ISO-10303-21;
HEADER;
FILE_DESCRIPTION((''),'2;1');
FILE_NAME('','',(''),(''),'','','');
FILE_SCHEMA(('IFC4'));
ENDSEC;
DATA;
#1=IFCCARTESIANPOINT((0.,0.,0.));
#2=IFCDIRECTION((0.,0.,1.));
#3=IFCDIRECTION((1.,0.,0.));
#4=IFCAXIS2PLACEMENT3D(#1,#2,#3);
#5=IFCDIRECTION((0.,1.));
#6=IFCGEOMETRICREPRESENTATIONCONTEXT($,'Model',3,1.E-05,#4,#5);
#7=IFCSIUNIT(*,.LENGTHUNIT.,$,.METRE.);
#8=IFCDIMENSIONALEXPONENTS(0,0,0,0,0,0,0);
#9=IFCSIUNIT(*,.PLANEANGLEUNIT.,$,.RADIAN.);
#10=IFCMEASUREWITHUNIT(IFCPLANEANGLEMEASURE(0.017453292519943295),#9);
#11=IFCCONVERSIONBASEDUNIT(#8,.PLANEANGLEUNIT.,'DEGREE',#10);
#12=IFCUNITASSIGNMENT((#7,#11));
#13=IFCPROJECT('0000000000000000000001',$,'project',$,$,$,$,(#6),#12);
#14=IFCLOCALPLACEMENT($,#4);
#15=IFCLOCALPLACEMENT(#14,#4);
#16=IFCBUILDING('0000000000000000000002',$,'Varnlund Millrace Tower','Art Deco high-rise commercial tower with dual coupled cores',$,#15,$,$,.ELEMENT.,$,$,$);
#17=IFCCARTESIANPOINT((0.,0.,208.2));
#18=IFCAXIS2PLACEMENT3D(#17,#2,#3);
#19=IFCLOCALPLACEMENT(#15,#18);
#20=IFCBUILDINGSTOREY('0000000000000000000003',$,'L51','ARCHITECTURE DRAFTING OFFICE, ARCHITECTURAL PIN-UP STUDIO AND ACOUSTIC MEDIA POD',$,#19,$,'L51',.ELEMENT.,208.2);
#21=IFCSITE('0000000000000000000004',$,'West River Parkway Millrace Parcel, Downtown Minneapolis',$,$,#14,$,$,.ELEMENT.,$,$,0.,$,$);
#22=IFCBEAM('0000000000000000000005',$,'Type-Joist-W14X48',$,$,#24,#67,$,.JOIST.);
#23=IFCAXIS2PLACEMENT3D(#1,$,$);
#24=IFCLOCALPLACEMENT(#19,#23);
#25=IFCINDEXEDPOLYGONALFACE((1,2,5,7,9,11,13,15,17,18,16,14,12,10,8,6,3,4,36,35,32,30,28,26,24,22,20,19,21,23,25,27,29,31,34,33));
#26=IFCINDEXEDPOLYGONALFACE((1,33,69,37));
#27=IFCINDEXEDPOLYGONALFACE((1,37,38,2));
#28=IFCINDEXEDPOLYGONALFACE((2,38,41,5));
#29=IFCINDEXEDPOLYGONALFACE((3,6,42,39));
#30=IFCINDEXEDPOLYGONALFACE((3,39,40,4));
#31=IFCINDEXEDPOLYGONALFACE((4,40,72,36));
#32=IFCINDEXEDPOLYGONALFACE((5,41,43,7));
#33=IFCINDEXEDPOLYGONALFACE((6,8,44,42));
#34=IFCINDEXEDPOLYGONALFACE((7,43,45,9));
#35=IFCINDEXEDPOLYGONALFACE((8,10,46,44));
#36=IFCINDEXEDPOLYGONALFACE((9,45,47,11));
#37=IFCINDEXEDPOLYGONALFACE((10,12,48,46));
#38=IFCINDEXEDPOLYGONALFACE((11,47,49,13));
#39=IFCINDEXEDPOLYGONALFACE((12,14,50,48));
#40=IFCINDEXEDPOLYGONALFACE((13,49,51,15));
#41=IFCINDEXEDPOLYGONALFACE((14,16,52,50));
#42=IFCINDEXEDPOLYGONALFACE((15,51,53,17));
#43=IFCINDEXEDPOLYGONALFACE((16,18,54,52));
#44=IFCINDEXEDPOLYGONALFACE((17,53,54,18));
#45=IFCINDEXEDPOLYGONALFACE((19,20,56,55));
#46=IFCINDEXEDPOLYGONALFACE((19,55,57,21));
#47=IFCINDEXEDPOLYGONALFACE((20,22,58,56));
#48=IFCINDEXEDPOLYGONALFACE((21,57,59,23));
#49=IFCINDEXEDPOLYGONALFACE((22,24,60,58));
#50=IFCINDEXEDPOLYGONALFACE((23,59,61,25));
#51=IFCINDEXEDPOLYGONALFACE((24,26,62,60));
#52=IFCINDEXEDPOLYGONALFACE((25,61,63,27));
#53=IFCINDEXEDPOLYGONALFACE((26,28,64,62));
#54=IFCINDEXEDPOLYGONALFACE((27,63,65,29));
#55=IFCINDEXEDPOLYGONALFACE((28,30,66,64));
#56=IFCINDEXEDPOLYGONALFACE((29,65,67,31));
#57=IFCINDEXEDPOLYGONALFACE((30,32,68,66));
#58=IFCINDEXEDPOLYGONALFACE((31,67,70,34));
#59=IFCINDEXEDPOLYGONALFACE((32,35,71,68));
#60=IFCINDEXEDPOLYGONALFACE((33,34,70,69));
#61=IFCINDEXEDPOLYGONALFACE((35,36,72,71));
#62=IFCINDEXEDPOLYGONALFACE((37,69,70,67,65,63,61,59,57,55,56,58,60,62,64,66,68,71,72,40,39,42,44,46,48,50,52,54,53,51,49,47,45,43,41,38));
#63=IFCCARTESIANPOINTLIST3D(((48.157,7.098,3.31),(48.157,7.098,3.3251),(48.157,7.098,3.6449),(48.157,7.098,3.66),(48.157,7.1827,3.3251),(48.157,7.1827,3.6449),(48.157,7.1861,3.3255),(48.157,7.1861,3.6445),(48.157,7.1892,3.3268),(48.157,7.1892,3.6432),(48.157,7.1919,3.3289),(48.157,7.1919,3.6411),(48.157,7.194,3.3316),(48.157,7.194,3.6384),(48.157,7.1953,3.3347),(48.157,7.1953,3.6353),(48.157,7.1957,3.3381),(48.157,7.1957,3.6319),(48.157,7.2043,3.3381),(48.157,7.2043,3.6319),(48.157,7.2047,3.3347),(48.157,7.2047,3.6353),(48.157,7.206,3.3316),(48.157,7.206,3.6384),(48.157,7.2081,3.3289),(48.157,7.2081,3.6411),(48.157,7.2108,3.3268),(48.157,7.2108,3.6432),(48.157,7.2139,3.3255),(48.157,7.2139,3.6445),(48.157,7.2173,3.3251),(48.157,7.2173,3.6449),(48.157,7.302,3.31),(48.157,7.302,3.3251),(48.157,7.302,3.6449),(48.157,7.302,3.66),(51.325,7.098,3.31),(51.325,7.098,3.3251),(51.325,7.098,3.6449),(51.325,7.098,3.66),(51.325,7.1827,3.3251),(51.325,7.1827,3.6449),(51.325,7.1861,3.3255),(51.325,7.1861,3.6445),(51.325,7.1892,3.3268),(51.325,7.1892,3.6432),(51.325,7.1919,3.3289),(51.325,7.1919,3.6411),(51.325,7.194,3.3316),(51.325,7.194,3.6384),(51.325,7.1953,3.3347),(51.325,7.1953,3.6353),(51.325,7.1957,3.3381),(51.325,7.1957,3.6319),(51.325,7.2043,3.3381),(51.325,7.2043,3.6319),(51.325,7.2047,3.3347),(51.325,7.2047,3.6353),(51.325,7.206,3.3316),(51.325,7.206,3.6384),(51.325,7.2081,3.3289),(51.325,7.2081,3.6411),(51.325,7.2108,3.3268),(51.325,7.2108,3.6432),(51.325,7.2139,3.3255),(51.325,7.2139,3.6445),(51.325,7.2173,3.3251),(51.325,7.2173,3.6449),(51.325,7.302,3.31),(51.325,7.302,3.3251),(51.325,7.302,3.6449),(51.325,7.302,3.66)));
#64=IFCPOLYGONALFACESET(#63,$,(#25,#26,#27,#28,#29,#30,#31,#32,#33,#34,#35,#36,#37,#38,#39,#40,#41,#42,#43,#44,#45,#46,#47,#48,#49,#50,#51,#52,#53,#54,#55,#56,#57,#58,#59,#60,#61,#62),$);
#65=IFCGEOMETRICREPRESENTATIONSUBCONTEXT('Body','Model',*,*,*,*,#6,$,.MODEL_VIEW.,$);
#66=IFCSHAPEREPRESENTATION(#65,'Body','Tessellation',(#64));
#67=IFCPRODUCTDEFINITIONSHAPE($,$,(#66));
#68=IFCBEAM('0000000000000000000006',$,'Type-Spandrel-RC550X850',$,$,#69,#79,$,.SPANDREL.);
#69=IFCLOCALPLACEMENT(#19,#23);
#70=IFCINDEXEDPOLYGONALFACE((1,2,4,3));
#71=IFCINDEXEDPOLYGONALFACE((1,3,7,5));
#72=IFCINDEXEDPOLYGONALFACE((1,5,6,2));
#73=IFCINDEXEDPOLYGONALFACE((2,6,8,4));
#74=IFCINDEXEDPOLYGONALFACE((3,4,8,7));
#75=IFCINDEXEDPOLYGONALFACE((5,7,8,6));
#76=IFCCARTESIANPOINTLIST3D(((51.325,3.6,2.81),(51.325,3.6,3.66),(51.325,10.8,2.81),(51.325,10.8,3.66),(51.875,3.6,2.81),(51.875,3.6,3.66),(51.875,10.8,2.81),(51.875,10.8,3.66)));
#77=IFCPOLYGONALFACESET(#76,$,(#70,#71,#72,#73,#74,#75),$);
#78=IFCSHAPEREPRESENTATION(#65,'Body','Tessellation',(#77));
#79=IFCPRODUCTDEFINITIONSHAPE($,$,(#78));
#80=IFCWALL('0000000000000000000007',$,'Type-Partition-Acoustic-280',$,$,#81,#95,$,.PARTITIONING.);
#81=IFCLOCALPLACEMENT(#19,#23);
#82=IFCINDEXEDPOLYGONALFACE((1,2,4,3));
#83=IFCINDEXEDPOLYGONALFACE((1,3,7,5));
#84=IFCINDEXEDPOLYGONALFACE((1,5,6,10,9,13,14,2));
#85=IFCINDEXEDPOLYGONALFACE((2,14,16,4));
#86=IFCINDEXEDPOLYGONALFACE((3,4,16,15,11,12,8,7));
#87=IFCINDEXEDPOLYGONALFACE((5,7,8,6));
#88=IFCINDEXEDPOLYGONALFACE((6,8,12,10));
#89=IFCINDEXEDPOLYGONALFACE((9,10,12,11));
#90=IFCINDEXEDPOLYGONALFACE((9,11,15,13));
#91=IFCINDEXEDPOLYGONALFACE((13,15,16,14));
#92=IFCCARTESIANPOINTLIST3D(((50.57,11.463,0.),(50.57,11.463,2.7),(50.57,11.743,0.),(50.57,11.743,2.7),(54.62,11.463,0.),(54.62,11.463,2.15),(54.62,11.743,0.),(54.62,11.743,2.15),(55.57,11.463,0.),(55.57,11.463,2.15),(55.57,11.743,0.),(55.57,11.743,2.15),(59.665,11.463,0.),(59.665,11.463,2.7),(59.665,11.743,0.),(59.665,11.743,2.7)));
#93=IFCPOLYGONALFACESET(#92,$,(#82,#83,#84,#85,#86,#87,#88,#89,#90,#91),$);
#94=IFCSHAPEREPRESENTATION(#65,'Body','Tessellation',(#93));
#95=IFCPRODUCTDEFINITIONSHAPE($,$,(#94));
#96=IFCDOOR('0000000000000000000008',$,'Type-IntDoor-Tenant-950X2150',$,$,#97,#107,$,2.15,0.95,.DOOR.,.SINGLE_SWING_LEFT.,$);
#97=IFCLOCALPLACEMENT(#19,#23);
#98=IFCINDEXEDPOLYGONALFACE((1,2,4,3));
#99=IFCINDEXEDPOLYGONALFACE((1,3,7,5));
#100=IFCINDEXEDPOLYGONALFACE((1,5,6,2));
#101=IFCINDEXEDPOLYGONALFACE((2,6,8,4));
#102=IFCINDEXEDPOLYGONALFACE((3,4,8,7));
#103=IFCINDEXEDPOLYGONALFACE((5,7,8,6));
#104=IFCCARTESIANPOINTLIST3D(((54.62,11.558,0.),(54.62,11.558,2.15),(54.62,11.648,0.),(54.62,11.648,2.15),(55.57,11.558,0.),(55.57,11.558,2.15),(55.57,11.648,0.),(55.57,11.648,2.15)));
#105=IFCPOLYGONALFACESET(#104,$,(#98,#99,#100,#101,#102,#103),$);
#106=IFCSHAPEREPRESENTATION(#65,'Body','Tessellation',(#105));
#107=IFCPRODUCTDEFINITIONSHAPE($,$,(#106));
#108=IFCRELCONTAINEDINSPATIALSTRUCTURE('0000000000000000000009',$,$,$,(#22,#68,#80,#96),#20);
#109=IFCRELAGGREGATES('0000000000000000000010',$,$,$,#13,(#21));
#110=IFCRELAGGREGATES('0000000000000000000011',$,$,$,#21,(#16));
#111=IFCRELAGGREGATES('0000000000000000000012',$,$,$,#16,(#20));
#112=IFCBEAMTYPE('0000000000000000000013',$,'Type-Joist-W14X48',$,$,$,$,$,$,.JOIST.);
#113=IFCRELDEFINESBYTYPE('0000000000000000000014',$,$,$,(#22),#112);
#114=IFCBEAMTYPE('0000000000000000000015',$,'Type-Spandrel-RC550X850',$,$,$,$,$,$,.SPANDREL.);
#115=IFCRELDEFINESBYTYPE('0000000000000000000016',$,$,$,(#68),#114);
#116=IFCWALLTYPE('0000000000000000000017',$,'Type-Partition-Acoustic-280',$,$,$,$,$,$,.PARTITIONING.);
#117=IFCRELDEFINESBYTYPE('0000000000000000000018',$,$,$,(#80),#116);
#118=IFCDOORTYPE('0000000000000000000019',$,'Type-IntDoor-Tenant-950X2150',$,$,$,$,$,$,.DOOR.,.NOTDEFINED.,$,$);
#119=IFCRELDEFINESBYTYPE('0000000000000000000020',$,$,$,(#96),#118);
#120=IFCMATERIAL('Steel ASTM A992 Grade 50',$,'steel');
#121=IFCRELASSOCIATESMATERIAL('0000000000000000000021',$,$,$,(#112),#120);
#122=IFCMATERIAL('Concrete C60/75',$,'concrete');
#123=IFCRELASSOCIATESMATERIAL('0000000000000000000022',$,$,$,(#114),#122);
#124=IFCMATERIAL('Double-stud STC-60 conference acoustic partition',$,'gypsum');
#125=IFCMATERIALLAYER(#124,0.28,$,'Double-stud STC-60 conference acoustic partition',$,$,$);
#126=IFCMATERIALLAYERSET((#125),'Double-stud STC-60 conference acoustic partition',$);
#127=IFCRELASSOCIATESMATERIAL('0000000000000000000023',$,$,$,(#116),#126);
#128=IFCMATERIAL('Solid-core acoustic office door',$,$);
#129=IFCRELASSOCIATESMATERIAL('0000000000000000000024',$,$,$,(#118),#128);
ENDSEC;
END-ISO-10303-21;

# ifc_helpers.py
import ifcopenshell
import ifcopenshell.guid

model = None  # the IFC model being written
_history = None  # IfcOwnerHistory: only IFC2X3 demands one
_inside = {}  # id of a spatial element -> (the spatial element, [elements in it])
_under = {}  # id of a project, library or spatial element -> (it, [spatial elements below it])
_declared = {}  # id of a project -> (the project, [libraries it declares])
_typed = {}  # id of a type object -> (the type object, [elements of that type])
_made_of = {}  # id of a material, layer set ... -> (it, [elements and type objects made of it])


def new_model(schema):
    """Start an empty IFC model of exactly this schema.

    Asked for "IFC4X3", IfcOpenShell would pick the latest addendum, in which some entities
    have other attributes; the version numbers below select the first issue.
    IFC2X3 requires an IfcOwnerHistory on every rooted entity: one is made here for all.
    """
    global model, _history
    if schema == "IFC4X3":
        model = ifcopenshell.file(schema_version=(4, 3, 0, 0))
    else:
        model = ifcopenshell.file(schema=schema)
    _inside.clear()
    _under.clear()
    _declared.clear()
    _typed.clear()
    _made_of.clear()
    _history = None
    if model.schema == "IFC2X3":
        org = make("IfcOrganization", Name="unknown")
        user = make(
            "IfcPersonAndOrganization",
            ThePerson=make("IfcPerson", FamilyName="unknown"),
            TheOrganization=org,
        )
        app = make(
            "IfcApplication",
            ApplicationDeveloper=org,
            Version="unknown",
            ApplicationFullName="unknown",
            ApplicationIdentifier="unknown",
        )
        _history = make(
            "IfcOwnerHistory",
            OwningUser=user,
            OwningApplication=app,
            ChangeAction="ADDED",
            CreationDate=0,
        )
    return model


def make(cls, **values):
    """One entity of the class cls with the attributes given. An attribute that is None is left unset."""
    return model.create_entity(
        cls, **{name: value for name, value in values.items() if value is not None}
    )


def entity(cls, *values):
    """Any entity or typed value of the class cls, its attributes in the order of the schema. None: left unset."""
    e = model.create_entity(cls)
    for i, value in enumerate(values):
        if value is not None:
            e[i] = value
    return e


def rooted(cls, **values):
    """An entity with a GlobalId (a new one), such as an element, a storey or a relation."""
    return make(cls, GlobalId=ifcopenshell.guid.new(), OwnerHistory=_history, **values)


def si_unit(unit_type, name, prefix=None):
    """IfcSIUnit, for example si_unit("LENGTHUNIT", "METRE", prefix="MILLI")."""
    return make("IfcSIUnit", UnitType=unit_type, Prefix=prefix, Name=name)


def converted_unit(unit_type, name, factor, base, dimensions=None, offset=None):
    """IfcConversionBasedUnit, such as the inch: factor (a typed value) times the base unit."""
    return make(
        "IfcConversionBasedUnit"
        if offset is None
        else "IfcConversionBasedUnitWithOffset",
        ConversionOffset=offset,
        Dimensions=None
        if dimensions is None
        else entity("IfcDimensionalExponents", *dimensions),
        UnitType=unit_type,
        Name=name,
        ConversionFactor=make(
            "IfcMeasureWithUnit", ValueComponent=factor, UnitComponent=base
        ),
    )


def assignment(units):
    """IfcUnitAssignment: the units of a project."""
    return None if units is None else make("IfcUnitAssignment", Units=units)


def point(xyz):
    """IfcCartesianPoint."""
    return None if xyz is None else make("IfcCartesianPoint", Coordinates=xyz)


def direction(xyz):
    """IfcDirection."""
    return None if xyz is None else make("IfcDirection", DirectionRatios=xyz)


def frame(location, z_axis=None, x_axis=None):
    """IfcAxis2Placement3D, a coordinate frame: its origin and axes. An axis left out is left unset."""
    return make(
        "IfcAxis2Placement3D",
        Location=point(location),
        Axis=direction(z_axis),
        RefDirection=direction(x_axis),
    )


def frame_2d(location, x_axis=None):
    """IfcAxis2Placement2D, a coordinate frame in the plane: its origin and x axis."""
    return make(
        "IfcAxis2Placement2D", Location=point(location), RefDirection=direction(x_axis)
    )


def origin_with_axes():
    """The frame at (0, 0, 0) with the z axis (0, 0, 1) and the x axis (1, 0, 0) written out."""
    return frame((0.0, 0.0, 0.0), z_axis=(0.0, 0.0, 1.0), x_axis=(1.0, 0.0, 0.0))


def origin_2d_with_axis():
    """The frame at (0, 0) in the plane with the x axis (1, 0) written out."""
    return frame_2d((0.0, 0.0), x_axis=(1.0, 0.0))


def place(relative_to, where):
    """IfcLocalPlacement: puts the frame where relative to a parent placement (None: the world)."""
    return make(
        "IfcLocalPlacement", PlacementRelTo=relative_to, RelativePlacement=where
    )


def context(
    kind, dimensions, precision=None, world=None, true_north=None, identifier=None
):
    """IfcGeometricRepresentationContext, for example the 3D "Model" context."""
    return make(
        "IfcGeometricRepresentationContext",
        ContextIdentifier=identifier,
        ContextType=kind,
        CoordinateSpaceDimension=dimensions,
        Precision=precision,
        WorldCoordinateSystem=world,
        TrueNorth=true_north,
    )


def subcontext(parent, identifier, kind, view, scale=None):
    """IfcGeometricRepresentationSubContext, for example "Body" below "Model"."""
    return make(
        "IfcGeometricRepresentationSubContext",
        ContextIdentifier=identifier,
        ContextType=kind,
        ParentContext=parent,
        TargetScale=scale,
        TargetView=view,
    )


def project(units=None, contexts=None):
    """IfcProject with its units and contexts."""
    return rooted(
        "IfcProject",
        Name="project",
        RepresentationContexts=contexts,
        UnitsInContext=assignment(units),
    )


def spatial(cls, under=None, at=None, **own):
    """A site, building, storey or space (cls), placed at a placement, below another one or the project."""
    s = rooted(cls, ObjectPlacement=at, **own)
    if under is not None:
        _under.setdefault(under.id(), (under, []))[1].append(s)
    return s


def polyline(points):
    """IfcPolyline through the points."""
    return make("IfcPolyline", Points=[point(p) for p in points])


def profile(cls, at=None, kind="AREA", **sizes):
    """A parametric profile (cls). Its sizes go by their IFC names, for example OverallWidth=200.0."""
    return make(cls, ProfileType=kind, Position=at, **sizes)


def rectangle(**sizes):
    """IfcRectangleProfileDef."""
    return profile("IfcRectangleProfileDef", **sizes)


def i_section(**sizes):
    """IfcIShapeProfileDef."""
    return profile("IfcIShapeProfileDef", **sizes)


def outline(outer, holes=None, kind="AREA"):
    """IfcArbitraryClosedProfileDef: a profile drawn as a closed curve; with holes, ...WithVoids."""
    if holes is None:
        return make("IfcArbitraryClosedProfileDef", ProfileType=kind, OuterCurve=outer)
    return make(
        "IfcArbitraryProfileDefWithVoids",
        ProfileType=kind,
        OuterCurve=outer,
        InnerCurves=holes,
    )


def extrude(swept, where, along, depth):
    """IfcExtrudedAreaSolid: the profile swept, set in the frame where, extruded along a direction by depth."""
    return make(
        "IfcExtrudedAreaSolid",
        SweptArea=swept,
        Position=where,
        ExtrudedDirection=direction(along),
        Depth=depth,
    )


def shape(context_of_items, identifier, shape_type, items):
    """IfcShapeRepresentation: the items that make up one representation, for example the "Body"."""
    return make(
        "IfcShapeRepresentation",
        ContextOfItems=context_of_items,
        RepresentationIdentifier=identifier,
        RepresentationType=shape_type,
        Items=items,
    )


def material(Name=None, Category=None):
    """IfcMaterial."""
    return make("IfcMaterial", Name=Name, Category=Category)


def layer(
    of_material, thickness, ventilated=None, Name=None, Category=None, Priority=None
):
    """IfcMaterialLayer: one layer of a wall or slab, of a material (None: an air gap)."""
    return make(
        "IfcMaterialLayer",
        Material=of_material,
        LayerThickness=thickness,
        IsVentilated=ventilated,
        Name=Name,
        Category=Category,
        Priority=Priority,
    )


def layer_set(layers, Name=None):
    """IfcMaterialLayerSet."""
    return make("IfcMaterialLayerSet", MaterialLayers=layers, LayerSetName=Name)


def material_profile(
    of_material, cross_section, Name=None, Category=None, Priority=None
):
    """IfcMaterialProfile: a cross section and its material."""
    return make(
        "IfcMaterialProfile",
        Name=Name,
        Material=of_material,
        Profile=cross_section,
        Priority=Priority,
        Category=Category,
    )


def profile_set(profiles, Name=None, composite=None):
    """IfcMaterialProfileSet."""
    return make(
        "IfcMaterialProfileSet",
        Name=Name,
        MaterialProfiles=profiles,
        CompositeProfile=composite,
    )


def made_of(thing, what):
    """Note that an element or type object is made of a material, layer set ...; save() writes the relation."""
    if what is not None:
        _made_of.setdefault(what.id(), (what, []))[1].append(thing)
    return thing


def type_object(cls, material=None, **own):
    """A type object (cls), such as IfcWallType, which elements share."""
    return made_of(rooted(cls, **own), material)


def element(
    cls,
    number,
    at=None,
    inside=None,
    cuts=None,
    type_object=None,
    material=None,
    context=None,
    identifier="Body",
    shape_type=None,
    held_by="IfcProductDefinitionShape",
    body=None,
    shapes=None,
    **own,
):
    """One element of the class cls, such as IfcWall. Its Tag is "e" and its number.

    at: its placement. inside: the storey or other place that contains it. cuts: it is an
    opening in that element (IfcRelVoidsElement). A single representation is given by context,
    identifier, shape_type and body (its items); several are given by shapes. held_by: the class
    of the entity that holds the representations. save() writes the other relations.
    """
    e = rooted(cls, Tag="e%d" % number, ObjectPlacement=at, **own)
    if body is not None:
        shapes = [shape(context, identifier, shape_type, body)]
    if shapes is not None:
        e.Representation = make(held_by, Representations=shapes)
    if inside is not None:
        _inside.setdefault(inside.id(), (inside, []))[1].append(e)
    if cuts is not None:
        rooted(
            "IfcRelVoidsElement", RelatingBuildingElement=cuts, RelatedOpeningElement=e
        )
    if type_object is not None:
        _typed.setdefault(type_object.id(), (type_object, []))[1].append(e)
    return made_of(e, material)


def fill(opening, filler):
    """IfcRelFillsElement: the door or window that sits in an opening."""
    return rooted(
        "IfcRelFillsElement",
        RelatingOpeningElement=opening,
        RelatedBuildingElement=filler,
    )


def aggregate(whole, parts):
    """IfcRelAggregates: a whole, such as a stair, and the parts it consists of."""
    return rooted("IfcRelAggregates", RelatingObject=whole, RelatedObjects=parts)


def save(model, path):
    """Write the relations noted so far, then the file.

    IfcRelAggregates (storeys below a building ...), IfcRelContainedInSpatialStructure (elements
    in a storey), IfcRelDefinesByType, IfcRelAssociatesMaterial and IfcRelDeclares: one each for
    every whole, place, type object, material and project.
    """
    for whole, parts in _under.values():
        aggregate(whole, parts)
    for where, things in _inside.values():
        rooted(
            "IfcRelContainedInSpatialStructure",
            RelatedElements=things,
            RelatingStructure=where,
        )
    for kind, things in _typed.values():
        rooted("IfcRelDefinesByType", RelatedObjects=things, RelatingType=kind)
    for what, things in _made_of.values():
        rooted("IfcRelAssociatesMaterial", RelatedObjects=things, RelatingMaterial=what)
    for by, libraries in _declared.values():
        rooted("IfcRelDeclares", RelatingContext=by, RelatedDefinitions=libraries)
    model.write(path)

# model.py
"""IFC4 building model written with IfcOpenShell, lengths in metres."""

from ifc_helpers import new_model, entity, si_unit, converted_unit, direction, frame, origin_with_axes, origin_2d_with_axis, place, context, subcontext, project, spatial, polyline, rectangle, i_section, outline, extrude, material, layer, layer_set, material_profile, profile_set, type_object, element, fill, save


model = new_model("IFC4")

# Units and contexts
model_context = context("Model", 3, precision=1e-05, world=origin_with_axes(), true_north=direction((0.0, 1.0)))
body_context = subcontext(model_context, "Body", "Model", "MODEL_VIEW")
ifc_project = project(units=[si_unit("LENGTHUNIT", "METRE"), converted_unit("PLANEANGLEUNIT", "DEGREE", entity("IfcPlaneAngleMeasure", 0.017453292519943295), si_unit("PLANEANGLEUNIT", "RADIAN"), dimensions=[0, 0, 0, 0, 0, 0, 0])], contexts=[model_context])

# Site, building, storey
site_placement = place(None, origin_with_axes())
site = spatial("IfcSite", under=ifc_project, at=site_placement, Name="West River Parkway Millrace Parcel, Downtown Minneapolis", CompositionType="ELEMENT", RefElevation=0.0)
building_placement = place(site_placement, origin_with_axes())
building = spatial("IfcBuilding", under=site, at=building_placement, Name="Varnlund Millrace Tower", Description="Art Deco high-rise commercial tower with dual coupled cores", CompositionType="ELEMENT")
storey_placement = place(building_placement, frame((0.0, 0.0, 208.2), z_axis=(0.0, 0.0, 1.0), x_axis=(1.0, 0.0, 0.0)))
storey = spatial("IfcBuildingStorey", under=building, at=storey_placement, Name="L51", Description="ARCHITECTURE DRAFTING OFFICE, ARCHITECTURAL PIN-UP STUDIO AND ACOUSTIC MEDIA POD", LongName="L51", CompositionType="ELEMENT", Elevation=208.2)

# Beams
ifc_material_1 = material(Name="Steel ASTM A992 Grade 50", Category="steel")
ifc_material_profile_1 = material_profile(ifc_material_1, i_section(OverallWidth=0.204, OverallDepth=0.35, WebThickness=0.0086, FlangeThickness=0.0151, FilletRadius=0.013, at=origin_2d_with_axis()), Name="Steel ASTM A992 Grade 50")
ifc_profile_set_1 = profile_set([ifc_material_profile_1], Name="Steel ASTM A992 Grade 50")
beam_type_1 = type_object("IfcBeamType", Name="Type-Joist-W14X48", PredefinedType="JOIST", material=ifc_profile_set_1)
beam_1_placement = place(storey_placement, frame((48.157, 7.2, 3.485), z_axis=(1.0, 0.0, 0.0), x_axis=(0.0, 1.0, 0.0)))
element("IfcBeam", 1, at=beam_1_placement, inside=storey, type_object=beam_type_1, Name="Type-Joist-W14X48", PredefinedType="JOIST", context=body_context, shape_type="SweptSolid", body=[
    extrude(i_section(OverallWidth=0.204, OverallDepth=0.35, WebThickness=0.0086, FlangeThickness=0.0151, FilletRadius=0.013, at=origin_2d_with_axis()), origin_with_axes(), (0.0, 0.0, 1.0), 3.168),
])
ifc_material_2 = material(Name="Concrete C60/75", Category="concrete")
ifc_material_profile_2 = material_profile(ifc_material_2, rectangle(XDim=0.55, YDim=0.85, at=origin_2d_with_axis()), Name="Concrete C60/75")
ifc_profile_set_2 = profile_set([ifc_material_profile_2], Name="Concrete C60/75")
beam_type_2 = type_object("IfcBeamType", Name="Type-Spandrel-RC550X850", PredefinedType="SPANDREL", material=ifc_profile_set_2)
beam_2_placement = place(storey_placement, frame((51.6, 3.6, 3.235), z_axis=(0.0, 1.0, 0.0), x_axis=(-1.0, 0.0, 0.0)))
element("IfcBeam", 2, at=beam_2_placement, inside=storey, type_object=beam_type_2, Name="Type-Spandrel-RC550X850", PredefinedType="SPANDREL", context=body_context, shape_type="SweptSolid", body=[
    extrude(rectangle(XDim=0.55, YDim=0.85, at=origin_2d_with_axis()), origin_with_axes(), (0.0, 0.0, 1.0), 7.2),
])

# Wall, opening, door
ifc_material_3 = material(Name="Double-stud STC-60 conference acoustic partition", Category="gypsum")
ifc_layer_1 = layer(ifc_material_3, 0.28, Name="Double-stud STC-60 conference acoustic partition")
ifc_layer_set_1 = layer_set([ifc_layer_1], Name="Double-stud STC-60 conference acoustic partition")
wall_type_1 = type_object("IfcWallType", Name="Type-Partition-Acoustic-280", PredefinedType="PARTITIONING", material=ifc_layer_set_1)
wall_1_placement = place(storey_placement, frame((50.57, 11.603, 0.0), z_axis=(0.0, 0.0, 1.0), x_axis=(1.0, 0.0, 0.0)))
wall_1 = element("IfcWall", 3, at=wall_1_placement, inside=storey, type_object=wall_type_1, Name="Type-Partition-Acoustic-280", PredefinedType="PARTITIONING", context=body_context, shape_type="SweptSolid", body=[
    extrude(outline(polyline([(0.0, -0.14), (9.095, -0.14), (9.095, 0.14), (0.0, 0.14), (0.0, -0.14)])), origin_with_axes(), (0.0, 0.0, 1.0), 2.7),
])
opening_1_placement = place(wall_1_placement, frame((4.525, 0.0, 0.0), z_axis=(0.0, 0.0, 1.0), x_axis=(1.0, 0.0, 0.0)))
opening_1 = element("IfcOpeningElement", 4, at=opening_1_placement, cuts=wall_1, PredefinedType="OPENING", context=body_context, shape_type="SweptSolid", body=[
    extrude(rectangle(XDim=0.95, YDim=0.3, at=origin_2d_with_axis()), origin_with_axes(), (0.0, 0.0, 1.0), 2.15),
])
ifc_material_4 = material(Name="Solid-core acoustic office door")
door_type_1 = type_object("IfcDoorType", Name="Type-IntDoor-Tenant-950X2150", OperationType="NOTDEFINED", PredefinedType="DOOR", material=ifc_material_4)
door_1_placement = place(wall_1_placement, frame((4.525, 0.0, 0.0), z_axis=(0.0, 0.0, 1.0), x_axis=(1.0, 0.0, 0.0)))
door_1 = element("IfcDoor", 5, at=door_1_placement, inside=storey, type_object=door_type_1, Name="Type-IntDoor-Tenant-950X2150", OperationType="SINGLE_SWING_LEFT", OverallHeight=2.15, OverallWidth=0.95, PredefinedType="DOOR", context=body_context, shape_type="SweptSolid", body=[
    extrude(rectangle(XDim=0.95, YDim=0.09, at=origin_2d_with_axis()), origin_with_axes(), (0.0, 0.0, 1.0), 2.15),
])
fill(opening_1, door_1)

save(model, "model.ifc")
